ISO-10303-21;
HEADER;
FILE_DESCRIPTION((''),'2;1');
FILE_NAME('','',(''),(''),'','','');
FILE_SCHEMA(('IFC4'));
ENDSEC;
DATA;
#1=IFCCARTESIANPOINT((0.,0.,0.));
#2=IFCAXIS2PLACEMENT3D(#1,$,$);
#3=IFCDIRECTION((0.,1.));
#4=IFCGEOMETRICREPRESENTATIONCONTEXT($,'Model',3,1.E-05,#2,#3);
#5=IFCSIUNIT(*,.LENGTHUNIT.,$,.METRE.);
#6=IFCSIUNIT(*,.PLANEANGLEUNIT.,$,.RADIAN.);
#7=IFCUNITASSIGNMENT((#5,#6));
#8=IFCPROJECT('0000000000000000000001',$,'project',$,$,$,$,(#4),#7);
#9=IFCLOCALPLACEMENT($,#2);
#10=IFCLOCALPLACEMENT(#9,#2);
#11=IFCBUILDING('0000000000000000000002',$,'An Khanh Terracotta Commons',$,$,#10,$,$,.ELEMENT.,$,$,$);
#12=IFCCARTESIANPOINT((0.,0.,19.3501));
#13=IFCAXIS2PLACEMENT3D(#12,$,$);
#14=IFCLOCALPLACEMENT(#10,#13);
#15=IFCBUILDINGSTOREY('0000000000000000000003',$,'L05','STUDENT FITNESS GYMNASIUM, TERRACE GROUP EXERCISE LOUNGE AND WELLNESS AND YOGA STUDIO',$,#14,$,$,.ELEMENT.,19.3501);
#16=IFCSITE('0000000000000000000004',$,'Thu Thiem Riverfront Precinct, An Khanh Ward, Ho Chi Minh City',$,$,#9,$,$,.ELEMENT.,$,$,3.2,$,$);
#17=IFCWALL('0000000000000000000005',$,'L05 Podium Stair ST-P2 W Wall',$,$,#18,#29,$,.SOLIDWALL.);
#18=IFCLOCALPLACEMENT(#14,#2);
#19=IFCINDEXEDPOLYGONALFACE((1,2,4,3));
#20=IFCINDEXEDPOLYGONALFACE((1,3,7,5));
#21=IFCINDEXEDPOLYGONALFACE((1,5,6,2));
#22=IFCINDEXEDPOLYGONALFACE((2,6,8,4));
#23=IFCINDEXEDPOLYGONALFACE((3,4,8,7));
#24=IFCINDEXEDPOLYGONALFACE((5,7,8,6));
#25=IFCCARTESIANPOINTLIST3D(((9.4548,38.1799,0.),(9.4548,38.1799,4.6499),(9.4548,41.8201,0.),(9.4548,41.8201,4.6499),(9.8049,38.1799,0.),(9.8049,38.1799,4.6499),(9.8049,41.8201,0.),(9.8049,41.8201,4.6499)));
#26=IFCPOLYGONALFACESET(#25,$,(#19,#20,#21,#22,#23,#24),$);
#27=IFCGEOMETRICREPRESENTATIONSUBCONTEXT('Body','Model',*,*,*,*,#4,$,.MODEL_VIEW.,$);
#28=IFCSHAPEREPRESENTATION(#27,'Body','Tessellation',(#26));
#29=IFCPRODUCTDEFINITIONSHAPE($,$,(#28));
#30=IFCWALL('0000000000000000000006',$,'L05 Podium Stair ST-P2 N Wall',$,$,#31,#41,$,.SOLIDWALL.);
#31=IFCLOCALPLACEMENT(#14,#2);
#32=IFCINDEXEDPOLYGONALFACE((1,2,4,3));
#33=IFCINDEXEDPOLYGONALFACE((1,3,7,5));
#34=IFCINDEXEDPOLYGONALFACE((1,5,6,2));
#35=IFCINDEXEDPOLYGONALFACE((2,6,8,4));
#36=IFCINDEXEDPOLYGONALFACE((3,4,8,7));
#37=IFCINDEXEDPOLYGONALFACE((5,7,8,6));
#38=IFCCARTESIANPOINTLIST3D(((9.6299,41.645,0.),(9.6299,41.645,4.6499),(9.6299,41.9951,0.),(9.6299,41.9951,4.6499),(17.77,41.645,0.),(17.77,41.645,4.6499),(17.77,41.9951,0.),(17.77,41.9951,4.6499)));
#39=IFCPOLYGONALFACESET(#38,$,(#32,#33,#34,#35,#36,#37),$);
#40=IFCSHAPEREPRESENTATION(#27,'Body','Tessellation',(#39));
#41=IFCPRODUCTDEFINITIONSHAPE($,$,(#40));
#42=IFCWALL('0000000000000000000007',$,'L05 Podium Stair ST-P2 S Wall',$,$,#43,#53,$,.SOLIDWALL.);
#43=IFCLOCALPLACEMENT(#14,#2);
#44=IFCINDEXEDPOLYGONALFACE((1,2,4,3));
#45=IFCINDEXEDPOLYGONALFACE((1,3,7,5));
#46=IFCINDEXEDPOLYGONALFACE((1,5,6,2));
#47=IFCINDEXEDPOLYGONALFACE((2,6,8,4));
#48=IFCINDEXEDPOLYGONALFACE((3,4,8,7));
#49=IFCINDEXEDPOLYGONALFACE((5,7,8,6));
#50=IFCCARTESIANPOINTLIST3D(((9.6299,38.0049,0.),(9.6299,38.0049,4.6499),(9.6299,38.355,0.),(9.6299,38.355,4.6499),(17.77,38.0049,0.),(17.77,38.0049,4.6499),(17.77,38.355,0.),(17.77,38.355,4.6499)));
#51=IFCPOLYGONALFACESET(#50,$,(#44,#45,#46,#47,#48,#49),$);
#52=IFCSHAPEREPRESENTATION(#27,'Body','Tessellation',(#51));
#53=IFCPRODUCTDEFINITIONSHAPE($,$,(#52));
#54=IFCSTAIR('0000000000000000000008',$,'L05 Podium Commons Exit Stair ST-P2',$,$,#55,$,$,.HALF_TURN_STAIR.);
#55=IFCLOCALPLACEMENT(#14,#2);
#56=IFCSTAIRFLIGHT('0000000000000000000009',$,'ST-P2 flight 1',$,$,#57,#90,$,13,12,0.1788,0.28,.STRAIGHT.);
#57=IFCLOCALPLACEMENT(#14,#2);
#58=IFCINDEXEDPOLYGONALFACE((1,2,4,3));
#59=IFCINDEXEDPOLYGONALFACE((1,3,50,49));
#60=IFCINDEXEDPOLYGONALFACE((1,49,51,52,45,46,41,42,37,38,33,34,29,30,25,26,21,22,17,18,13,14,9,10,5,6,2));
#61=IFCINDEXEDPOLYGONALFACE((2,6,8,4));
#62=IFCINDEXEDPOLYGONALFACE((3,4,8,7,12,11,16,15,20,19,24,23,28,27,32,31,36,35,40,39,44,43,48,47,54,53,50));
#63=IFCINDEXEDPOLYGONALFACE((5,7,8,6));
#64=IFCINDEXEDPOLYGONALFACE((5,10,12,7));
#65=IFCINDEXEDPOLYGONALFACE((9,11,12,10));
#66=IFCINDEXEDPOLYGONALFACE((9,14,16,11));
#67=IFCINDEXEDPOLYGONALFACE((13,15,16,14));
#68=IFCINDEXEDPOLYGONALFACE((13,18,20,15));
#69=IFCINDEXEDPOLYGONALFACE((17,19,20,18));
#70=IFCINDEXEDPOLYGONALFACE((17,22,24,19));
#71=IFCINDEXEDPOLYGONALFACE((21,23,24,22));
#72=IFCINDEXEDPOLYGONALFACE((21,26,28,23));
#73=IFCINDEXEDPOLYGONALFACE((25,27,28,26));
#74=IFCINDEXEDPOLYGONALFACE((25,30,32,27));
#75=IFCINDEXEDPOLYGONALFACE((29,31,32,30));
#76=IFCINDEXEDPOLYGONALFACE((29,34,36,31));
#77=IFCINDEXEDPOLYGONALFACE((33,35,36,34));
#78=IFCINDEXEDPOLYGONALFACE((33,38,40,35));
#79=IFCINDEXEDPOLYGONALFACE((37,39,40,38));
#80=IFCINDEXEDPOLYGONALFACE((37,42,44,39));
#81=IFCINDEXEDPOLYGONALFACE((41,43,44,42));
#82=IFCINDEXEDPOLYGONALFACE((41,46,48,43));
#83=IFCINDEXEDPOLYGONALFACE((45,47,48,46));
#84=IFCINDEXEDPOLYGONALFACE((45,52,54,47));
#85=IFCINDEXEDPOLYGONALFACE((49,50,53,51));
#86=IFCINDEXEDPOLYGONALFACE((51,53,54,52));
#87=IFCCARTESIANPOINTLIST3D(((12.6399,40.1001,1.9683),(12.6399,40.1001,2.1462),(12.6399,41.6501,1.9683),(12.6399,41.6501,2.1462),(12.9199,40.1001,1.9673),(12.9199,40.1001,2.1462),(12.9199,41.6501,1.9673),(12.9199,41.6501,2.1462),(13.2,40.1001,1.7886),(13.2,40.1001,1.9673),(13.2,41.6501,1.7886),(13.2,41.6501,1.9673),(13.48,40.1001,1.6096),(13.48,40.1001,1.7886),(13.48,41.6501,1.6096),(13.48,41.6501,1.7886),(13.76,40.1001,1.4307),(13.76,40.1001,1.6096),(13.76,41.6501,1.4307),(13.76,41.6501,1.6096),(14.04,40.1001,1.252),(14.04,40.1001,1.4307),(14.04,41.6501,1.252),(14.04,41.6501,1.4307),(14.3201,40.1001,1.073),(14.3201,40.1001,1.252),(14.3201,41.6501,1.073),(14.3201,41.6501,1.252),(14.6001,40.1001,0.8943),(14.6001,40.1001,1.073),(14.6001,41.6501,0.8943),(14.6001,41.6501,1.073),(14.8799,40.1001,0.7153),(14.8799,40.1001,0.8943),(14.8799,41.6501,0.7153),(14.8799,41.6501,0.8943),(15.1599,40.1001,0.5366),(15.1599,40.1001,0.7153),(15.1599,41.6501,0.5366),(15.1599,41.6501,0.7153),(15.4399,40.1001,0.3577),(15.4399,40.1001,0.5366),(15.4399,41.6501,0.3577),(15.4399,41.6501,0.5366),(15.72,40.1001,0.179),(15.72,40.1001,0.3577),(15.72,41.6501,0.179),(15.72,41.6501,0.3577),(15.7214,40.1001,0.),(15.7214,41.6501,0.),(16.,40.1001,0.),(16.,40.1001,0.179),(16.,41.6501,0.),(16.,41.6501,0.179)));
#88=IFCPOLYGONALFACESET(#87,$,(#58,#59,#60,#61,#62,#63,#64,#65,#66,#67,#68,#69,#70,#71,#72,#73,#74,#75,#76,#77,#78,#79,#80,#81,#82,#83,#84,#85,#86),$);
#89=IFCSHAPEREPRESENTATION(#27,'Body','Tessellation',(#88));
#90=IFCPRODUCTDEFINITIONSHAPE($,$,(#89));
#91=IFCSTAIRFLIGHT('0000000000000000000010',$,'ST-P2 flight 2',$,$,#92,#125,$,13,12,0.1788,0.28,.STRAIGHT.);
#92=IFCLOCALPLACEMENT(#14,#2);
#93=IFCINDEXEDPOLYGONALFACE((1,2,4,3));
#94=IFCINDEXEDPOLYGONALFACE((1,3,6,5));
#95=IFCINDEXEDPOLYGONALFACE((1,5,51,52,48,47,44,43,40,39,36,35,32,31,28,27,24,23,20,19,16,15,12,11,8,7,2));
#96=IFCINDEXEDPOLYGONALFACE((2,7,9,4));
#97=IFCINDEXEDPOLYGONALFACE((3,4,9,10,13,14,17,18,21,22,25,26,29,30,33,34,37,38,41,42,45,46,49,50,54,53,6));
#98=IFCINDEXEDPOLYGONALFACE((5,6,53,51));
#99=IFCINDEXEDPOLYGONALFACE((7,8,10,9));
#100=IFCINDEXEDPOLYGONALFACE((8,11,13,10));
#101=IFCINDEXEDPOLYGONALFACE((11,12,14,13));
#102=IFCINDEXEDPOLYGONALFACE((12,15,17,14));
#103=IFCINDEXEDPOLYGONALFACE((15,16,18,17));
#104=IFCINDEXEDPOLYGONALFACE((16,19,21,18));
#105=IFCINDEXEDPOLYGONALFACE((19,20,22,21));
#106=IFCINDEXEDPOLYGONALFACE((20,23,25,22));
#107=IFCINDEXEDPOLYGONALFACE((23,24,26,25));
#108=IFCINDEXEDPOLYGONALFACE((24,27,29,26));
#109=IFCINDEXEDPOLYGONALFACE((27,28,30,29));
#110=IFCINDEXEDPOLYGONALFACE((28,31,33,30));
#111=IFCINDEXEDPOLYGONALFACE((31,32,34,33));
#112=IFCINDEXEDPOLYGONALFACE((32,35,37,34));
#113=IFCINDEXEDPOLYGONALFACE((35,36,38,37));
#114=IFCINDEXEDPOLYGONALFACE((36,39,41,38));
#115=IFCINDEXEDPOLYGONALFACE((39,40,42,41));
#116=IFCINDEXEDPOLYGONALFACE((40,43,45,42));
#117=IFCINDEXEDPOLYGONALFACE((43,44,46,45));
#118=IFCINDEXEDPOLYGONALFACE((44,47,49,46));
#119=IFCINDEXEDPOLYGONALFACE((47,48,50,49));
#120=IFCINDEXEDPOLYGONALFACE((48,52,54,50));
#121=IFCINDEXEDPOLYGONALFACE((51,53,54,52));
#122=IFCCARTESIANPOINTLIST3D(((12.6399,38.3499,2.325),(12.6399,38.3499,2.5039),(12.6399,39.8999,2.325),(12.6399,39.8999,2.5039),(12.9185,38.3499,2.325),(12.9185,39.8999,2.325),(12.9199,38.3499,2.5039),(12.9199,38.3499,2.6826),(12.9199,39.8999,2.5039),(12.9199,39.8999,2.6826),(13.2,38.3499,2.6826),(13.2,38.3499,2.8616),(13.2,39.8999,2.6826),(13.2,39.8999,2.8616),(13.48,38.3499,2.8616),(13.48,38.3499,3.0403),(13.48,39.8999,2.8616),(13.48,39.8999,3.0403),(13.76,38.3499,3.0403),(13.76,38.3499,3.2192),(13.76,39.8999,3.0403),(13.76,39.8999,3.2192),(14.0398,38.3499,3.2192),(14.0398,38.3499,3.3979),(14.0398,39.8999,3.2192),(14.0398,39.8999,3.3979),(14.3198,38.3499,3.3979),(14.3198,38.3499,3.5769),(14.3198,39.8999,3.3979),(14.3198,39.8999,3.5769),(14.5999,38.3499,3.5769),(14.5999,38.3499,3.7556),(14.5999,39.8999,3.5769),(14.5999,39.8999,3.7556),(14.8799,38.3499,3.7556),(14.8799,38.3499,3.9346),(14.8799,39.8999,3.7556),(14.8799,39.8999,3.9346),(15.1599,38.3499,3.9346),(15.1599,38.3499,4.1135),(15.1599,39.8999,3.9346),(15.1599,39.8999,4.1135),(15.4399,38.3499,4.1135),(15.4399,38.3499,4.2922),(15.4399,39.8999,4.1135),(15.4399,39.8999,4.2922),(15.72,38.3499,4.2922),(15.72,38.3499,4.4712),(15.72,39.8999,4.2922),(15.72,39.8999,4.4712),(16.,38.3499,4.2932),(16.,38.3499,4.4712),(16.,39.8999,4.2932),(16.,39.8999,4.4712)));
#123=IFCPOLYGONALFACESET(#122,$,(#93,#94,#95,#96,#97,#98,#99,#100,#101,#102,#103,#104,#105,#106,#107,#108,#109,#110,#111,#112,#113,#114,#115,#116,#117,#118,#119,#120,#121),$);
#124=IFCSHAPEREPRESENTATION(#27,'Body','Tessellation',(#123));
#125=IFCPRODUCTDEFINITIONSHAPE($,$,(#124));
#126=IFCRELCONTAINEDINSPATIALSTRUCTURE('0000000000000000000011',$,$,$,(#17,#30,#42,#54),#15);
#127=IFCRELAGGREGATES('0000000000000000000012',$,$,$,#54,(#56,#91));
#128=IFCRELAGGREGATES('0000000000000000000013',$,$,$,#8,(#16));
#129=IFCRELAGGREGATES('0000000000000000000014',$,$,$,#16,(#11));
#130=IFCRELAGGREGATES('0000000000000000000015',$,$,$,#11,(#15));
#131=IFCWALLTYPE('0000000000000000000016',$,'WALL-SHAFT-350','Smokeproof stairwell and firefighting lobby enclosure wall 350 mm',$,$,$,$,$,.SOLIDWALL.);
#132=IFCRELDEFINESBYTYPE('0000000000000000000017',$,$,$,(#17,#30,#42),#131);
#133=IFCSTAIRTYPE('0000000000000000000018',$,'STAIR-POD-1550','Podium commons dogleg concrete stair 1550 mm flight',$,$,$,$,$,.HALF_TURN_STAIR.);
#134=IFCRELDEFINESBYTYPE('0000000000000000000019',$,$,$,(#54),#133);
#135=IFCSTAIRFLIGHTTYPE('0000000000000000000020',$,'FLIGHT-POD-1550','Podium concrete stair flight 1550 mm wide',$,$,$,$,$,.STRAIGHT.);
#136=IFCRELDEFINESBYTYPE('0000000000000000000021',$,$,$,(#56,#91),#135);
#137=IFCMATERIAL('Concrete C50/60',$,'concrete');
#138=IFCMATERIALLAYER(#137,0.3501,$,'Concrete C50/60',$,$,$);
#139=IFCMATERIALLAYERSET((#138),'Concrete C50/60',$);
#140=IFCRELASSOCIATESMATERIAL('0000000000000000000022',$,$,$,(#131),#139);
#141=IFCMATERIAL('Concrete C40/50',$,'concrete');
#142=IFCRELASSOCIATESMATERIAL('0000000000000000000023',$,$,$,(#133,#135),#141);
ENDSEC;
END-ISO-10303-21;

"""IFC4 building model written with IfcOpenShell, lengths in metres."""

from ifc_helpers import new_model, si_unit, direction, frame, frame_2d, origin, place, context, subcontext, project, spatial, polyline, rectangle, outline, extrude, material, layer, layer_set, type_object, element, aggregate, save


model = new_model("IFC4")

# Units and contexts
model_context = context("Model", 3, precision=1e-05, world=origin(), true_north=direction((0.0, 1.0)))
body_context = subcontext(model_context, "Body", "Model", "MODEL_VIEW")
ifc_project = project(units=[si_unit("LENGTHUNIT", "METRE"), si_unit("PLANEANGLEUNIT", "RADIAN")], contexts=[model_context])

# Site, building, storey
site_placement = place(None, origin())
site = spatial("IfcSite", under=ifc_project, at=site_placement, Name="Thu Thiem Riverfront Precinct, An Khanh Ward, Ho Chi Minh City", CompositionType="ELEMENT", RefElevation=3.2)
building_placement = place(site_placement, origin())
building = spatial("IfcBuilding", under=site, at=building_placement, Name="An Khanh Terracotta Commons", CompositionType="ELEMENT")
storey_placement = place(building_placement, frame((0.0, 0.0, 19.3501)))
storey = spatial("IfcBuildingStorey", under=building, at=storey_placement, Name="L05", Description="STUDENT FITNESS GYMNASIUM, TERRACE GROUP EXERCISE LOUNGE AND WELLNESS AND YOGA STUDIO", CompositionType="ELEMENT", Elevation=19.3501)

# Shared definitions
ifc_material_1 = material(Name="Concrete C50/60", Category="concrete")

# Shared definitions
ifc_material_2 = material(Name="Concrete C40/50", Category="concrete")

# Walls
ifc_layer_1 = layer(ifc_material_1, 0.3501, Name="Concrete C50/60")
ifc_layer_set_1 = layer_set([ifc_layer_1], Name="Concrete C50/60")
wall_type_1 = type_object("IfcWallType", Name="WALL-SHAFT-350", Description="Smokeproof stairwell and firefighting lobby enclosure wall 350 mm", PredefinedType="SOLIDWALL", material=ifc_layer_set_1)
wall_1_placement = place(storey_placement, frame((9.6299, 38.1799, 0.0), z_axis=(0.0, 0.0, 1.0), x_axis=(0.0, 1.0, 0.0)))
element("IfcWall", 1, at=wall_1_placement, inside=storey, type_object=wall_type_1, Name="L05 Podium Stair ST-P2 W Wall", PredefinedType="SOLIDWALL", context=body_context, shape_type="SweptSolid", body=[
    extrude(rectangle(XDim=3.6401, YDim=0.3501, at=frame_2d((1.8201, 0.0))), origin(), (0.0, 0.0, 1.0), 4.6499),
])
for number, where, z_axis, x_axis, name in (
    (2, (9.6299, 41.8201, 0.0), (0.0, 0.0, 1.0), (1.0, 0.0, 0.0), "L05 Podium Stair ST-P2 N Wall"),
    (3, (17.77, 38.1799, 0.0), (0.0, 0.0, 1.0), (-1.0, 0.0, 0.0), "L05 Podium Stair ST-P2 S Wall"),
):
    element("IfcWall", number, at=place(storey_placement, frame(where, z_axis=z_axis, x_axis=x_axis)), inside=storey, type_object=wall_type_1, Name=name, PredefinedType="SOLIDWALL", context=body_context, shape_type="SweptSolid", body=[
        extrude(rectangle(XDim=8.1401, YDim=0.3501, at=frame_2d((4.0701, 0.0))), origin(), (0.0, 0.0, 1.0), 4.6499),
    ])

# Stair, stair flights
stair_type = type_object("IfcStairType", Name="STAIR-POD-1550", Description="Podium commons dogleg concrete stair 1550 mm flight", PredefinedType="HALF_TURN_STAIR", material=ifc_material_2)
stair_placement = place(storey_placement, origin())
stair = element("IfcStair", 4, at=stair_placement, inside=storey, type_object=stair_type, Name="L05 Podium Commons Exit Stair ST-P2", PredefinedType="HALF_TURN_STAIR")
stair_flight_type = type_object("IfcStairFlightType", Name="FLIGHT-POD-1550", Description="Podium concrete stair flight 1550 mm wide", PredefinedType="STRAIGHT", material=ifc_material_2)
stair_flight_1_placement = place(storey_placement, frame((16.0, 40.875, 0.0), z_axis=(0.0, 0.0, 1.0), x_axis=(-1.0, 0.0, 0.0)))
stair_flight_1 = element("IfcStairFlight", 5, at=stair_flight_1_placement, type_object=stair_flight_type, Name="ST-P2 flight 1", NumberOfRisers=13, NumberOfTreads=12, PredefinedType="STRAIGHT", RiserHeight=0.1788, TreadLength=0.28, context=body_context, shape_type="SweptSolid", body=[
    extrude(outline(polyline([(0.0, 0.0), (0.0, 0.179), (0.28, 0.179), (0.28, 0.3577), (0.5601, 0.3577), (0.5601, 0.5366), (0.8401, 0.5366), (0.8401, 0.7153), (1.1201, 0.7153), (1.1201, 0.8943), (1.3999, 0.8943), (1.3999, 1.073), (1.6799, 1.073), (1.6799, 1.252), (1.96, 1.252), (1.96, 1.4307), (2.24, 1.4307), (2.24, 1.6096), (2.52, 1.6096), (2.52, 1.7886), (2.8, 1.7886), (2.8, 1.9673), (3.0801, 1.9673), (3.0801, 2.1462), (3.3601, 2.1462), (3.3601, 2.325), (3.3601, 1.9683), (0.2786, 0.0), (0.0, 0.0)])), frame((0.0, 0.7749, 0.0), z_axis=(0.0, -1.0, 0.0), x_axis=(1.0, 0.0, 0.0)), (0.0, 0.0, 1.0), 1.55),
])
stair_flight_2_placement = place(storey_placement, frame((12.6399, 39.125, 2.325), z_axis=(0.0, 0.0, 1.0), x_axis=(1.0, 0.0, 0.0)))
stair_flight_2 = element("IfcStairFlight", 6, at=stair_flight_2_placement, type_object=stair_flight_type, Name="ST-P2 flight 2", NumberOfRisers=13, NumberOfTreads=12, PredefinedType="STRAIGHT", RiserHeight=0.1788, TreadLength=0.28, context=body_context, shape_type="SweptSolid", body=[
    extrude(outline(polyline([(0.0, 0.0), (0.0, 0.179), (0.28, 0.179), (0.28, 0.3577), (0.5601, 0.3577), (0.5601, 0.5366), (0.8401, 0.5366), (0.8401, 0.7153), (1.1201, 0.7153), (1.1201, 0.8943), (1.3999, 0.8943), (1.3999, 1.073), (1.6799, 1.073), (1.6799, 1.252), (1.96, 1.252), (1.96, 1.4307), (2.24, 1.4307), (2.24, 1.6096), (2.52, 1.6096), (2.52, 1.7886), (2.8, 1.7886), (2.8, 1.9673), (3.0801, 1.9673), (3.0801, 2.1462), (3.3601, 2.1462), (3.3601, 2.325), (3.3601, 1.9683), (0.2786, 0.0), (0.0, 0.0)])), frame((0.0, 0.7749, 0.0), z_axis=(0.0, -1.0, 0.0), x_axis=(1.0, 0.0, 0.0)), (0.0, 0.0, 1.0), 1.55),
])
aggregate(stair, [stair_flight_1, stair_flight_2])

save(model, "model.ifc")
